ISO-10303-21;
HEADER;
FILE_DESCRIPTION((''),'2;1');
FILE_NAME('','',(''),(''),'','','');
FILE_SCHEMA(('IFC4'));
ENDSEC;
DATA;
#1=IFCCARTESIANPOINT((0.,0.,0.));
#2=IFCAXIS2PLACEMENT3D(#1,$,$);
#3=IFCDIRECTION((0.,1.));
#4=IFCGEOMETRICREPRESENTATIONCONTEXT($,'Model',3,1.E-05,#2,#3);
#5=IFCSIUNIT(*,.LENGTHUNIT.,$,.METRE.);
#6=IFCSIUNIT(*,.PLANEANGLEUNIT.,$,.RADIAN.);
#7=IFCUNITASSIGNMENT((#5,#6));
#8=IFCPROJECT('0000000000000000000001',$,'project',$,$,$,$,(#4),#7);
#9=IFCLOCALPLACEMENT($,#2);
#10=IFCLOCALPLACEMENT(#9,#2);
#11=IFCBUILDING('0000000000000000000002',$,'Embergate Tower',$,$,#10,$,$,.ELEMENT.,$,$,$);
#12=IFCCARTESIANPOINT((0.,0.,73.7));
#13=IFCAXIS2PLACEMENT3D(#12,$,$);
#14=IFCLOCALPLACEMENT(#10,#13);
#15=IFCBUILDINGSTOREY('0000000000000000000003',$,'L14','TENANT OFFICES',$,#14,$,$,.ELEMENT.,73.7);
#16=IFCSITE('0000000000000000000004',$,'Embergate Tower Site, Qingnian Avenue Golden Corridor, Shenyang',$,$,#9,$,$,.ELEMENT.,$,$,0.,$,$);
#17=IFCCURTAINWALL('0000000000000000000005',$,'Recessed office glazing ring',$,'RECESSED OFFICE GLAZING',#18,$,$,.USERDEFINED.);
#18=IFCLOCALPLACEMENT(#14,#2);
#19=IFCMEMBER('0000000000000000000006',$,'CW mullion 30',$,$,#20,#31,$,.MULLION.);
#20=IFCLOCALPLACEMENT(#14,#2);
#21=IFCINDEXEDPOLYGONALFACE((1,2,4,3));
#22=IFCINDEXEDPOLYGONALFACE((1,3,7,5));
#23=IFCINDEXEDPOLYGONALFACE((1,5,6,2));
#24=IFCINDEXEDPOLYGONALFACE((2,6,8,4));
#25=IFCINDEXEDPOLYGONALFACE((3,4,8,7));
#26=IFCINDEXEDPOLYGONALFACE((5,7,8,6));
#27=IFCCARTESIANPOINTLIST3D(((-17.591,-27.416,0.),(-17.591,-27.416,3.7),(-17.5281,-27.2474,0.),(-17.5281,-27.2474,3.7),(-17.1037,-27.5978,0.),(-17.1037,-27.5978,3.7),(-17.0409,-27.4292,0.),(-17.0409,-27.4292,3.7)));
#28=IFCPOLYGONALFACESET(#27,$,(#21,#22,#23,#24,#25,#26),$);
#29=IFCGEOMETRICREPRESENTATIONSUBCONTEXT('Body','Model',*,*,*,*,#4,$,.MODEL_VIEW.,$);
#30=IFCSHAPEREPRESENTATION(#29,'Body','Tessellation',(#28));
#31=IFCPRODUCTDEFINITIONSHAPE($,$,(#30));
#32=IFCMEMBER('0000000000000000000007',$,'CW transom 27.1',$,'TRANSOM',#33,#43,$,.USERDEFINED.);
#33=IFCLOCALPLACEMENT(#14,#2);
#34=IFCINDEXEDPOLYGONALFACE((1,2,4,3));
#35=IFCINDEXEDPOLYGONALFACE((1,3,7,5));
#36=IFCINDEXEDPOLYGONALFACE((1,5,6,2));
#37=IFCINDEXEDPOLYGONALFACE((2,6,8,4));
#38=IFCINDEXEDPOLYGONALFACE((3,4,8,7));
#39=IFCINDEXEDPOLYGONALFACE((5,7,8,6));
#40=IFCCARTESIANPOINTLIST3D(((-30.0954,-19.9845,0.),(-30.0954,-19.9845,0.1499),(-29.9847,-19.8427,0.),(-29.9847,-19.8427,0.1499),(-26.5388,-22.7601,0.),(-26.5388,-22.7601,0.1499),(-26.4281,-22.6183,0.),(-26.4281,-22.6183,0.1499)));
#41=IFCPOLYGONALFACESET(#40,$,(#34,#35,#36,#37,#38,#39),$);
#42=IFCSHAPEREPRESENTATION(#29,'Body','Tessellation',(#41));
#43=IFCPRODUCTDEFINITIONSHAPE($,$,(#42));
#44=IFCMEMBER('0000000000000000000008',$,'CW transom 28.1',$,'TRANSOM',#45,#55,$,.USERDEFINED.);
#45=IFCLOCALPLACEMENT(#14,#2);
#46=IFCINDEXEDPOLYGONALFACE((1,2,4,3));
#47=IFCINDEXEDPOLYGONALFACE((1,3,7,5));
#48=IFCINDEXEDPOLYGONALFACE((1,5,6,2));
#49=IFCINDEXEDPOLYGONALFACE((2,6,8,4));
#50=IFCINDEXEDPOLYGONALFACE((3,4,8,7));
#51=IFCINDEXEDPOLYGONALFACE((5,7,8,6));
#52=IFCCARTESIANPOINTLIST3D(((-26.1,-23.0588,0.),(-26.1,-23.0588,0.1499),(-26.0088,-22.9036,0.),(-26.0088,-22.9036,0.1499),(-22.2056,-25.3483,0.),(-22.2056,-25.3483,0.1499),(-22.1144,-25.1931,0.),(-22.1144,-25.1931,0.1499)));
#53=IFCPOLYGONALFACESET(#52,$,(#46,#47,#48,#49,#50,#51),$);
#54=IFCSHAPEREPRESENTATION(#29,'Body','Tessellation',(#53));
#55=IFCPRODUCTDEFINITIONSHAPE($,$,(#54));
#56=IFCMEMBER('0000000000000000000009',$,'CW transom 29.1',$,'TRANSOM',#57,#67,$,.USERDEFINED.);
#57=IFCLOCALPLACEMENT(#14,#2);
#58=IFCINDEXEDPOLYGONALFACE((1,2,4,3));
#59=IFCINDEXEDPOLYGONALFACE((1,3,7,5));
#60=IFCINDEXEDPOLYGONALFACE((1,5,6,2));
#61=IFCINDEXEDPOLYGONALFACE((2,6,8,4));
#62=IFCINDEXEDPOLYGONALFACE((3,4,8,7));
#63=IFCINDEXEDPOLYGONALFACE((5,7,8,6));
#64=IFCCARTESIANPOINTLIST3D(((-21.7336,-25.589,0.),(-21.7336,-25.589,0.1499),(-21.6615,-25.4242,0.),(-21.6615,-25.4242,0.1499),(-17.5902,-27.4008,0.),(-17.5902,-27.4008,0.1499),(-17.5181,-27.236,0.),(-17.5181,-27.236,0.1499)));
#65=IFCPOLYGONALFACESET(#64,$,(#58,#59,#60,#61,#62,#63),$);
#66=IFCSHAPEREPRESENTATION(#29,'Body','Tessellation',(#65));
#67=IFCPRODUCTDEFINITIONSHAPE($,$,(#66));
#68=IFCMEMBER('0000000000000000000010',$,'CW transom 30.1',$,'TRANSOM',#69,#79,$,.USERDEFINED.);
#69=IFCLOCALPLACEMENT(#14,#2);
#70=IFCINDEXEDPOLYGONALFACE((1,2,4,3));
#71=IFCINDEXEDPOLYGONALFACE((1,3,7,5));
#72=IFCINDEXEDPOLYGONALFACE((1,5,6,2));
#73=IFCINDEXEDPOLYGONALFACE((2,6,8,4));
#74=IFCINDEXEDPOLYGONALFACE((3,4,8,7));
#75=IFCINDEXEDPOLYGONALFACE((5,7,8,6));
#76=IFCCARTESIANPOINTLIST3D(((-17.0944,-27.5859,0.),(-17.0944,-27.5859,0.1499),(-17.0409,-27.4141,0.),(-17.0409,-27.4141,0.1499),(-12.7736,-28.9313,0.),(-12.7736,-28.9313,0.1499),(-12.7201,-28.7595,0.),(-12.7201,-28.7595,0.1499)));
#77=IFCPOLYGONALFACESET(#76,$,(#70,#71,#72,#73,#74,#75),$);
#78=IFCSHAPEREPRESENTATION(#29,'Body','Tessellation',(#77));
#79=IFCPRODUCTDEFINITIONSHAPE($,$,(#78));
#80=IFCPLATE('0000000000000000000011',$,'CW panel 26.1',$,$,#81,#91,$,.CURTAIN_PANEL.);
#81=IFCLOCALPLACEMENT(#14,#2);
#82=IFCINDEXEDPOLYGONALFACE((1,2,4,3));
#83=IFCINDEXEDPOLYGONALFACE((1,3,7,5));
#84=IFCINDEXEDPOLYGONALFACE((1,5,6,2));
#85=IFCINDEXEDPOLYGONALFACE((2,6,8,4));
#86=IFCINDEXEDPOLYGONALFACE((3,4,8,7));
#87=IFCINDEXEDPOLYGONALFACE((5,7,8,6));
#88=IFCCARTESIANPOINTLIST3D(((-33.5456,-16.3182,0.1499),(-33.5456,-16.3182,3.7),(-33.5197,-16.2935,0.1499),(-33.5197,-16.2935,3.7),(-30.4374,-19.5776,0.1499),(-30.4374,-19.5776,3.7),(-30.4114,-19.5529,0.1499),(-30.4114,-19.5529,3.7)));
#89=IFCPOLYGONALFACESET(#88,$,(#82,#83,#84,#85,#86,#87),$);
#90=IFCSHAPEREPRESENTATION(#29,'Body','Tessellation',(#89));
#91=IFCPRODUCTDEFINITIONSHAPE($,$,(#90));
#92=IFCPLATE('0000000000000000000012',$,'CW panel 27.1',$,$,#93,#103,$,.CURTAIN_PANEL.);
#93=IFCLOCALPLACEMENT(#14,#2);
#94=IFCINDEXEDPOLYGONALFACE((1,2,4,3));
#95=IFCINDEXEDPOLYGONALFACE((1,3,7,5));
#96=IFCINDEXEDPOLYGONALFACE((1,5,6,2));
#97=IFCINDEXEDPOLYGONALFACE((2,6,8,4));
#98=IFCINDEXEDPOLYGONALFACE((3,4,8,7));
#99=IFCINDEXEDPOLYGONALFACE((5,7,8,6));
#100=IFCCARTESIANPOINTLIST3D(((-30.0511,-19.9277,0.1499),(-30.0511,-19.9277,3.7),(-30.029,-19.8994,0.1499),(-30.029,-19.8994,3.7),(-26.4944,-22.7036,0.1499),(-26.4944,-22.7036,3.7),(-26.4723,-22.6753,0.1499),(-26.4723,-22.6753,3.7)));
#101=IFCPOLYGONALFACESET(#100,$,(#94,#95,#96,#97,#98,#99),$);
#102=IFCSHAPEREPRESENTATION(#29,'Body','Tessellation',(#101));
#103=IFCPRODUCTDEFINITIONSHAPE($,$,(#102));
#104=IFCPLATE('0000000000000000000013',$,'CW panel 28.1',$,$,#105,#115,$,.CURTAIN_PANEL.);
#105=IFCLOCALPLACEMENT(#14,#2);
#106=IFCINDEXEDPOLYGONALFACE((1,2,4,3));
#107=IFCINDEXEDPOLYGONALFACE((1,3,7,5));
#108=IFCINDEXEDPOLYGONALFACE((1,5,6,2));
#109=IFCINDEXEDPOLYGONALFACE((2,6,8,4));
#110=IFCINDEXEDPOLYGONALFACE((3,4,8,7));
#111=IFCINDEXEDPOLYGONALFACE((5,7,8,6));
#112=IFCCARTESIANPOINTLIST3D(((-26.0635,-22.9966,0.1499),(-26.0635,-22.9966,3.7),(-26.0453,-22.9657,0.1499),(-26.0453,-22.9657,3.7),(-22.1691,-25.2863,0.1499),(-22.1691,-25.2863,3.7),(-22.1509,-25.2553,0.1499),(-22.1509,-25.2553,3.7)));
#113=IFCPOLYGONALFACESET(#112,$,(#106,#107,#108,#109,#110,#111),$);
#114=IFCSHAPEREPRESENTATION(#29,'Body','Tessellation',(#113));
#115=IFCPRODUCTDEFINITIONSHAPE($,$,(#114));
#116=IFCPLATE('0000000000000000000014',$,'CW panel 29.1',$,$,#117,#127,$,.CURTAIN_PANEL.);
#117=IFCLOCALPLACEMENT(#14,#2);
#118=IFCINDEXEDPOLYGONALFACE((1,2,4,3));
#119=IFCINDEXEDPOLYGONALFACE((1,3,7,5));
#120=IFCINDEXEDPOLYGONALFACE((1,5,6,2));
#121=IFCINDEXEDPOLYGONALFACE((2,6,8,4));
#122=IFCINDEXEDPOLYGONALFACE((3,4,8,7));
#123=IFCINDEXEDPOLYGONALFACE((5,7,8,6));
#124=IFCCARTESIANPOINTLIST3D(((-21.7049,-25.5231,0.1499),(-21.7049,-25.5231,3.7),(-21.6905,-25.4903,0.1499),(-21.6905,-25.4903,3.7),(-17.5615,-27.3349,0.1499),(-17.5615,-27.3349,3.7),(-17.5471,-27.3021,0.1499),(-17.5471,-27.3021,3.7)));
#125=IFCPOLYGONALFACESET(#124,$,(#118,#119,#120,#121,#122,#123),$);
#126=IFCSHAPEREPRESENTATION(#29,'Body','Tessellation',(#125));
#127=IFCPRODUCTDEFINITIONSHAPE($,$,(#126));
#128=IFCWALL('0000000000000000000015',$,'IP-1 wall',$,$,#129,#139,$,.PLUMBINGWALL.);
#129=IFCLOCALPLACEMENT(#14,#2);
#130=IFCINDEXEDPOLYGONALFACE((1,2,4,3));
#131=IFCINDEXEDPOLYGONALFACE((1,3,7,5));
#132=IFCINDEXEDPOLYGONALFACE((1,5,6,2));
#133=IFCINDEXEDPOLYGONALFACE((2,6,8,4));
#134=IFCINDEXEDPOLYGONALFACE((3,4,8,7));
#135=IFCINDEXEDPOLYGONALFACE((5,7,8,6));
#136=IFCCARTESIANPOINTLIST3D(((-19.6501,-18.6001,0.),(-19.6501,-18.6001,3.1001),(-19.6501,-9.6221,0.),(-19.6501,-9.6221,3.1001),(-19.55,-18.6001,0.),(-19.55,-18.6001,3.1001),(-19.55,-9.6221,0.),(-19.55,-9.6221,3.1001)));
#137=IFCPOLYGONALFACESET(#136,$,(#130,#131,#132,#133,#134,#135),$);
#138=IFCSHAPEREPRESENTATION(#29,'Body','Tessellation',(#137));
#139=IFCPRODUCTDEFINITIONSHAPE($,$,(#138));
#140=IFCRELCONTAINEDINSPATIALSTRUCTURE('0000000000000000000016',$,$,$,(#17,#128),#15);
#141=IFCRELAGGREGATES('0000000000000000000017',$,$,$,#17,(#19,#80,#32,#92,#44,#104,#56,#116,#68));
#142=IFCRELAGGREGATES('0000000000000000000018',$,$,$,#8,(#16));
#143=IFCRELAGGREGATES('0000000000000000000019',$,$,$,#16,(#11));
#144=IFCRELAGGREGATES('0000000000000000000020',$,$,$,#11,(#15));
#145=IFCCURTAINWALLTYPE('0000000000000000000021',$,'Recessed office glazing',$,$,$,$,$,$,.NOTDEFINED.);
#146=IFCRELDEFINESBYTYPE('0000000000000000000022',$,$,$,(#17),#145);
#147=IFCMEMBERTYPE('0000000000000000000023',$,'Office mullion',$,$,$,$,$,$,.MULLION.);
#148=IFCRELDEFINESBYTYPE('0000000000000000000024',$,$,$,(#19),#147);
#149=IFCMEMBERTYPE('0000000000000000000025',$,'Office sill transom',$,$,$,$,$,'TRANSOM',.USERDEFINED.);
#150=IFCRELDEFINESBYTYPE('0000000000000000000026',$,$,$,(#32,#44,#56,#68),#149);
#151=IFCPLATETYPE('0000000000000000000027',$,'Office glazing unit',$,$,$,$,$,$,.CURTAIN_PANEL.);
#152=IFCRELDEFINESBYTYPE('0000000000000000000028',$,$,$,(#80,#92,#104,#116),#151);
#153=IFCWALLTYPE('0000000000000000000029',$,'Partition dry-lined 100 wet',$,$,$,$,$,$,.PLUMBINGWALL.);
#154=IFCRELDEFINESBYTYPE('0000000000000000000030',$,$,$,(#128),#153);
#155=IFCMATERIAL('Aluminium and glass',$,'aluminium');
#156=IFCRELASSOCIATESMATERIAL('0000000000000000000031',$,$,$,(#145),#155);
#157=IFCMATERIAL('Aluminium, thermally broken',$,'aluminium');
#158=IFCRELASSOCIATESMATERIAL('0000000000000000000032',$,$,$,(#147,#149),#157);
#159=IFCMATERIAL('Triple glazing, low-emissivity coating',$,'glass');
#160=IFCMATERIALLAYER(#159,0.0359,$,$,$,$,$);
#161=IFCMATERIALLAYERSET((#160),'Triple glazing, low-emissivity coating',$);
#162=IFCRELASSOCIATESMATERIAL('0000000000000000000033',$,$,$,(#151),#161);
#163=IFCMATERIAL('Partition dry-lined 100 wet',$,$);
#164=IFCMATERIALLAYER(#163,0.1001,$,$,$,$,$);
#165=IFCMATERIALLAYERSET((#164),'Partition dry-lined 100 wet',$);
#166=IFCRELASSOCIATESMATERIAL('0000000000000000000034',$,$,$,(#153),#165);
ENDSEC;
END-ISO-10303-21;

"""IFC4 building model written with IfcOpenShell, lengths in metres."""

from ifc_helpers import new_model, si_unit, direction, frame, frame_2d, origin, origin_2d, place, context, subcontext, project, spatial, rectangle, extrude, source, transform, mapped, material, layer, layer_set, material_profile, profile_set, type_object, element, aggregate, save


model = new_model("IFC4")

# Units and contexts
model_context = context("Model", 3, precision=1e-05, world=origin(), true_north=direction((0.0, 1.0)))
body_context = subcontext(model_context, "Body", "Model", "MODEL_VIEW")
ifc_project = project(units=[si_unit("LENGTHUNIT", "METRE"), si_unit("PLANEANGLEUNIT", "RADIAN")], contexts=[model_context])

# Site, building, storey
site_placement = place(None, origin())
site = spatial("IfcSite", under=ifc_project, at=site_placement, Name="Embergate Tower Site, Qingnian Avenue Golden Corridor, Shenyang", CompositionType="ELEMENT", RefElevation=0.0)
building_placement = place(site_placement, origin())
building = spatial("IfcBuilding", under=site, at=building_placement, Name="Embergate Tower", CompositionType="ELEMENT")
storey_placement = place(building_placement, frame((0.0, 0.0, 73.7)))
storey = spatial("IfcBuildingStorey", under=building, at=storey_placement, Name="L14", Description="TENANT OFFICES", CompositionType="ELEMENT", Elevation=73.7)

# Curtain wall, members, plates
ifc_material_1 = material(Name="Aluminium and glass", Category="aluminium")
curtain_wall_type = type_object("IfcCurtainWallType", Name="Recessed office glazing", PredefinedType="NOTDEFINED", material=ifc_material_1)
curtain_wall_placement = place(storey_placement, origin())
curtain_wall = element("IfcCurtainWall", 1, at=curtain_wall_placement, inside=storey, type_object=curtain_wall_type, Name="Recessed office glazing ring", ObjectType="RECESSED OFFICE GLAZING", PredefinedType="USERDEFINED")
ifc_material_2 = material(Name="Aluminium, thermally broken", Category="aluminium")
ifc_material_profile_1 = material_profile(ifc_material_2, rectangle(XDim=0.1799, YDim=0.52, at=origin_2d()), Name="AL 520x180")
ifc_profile_set_1 = profile_set([ifc_material_profile_1], Name="Aluminium, thermally broken")
member_type_1 = type_object("IfcMemberType", Name="Office mullion", PredefinedType="MULLION", material=ifc_profile_set_1)
shared_shape_1 = source(origin(), body_context, "Body", "SweptSolid", [
    extrude(rectangle(XDim=0.1799, YDim=0.52, at=origin_2d()), origin(), (0.0, 0.0, 1.0), 3.7),
])
member_1_placement = place(storey_placement, frame((-17.3159, -27.4226, 0.0), z_axis=(0.0, 0.0, 1.0), x_axis=(0.349508, 0.936934, 0.0)))
member_1 = element("IfcMember", 2, at=member_1_placement, type_object=member_type_1, Name="CW mullion 30", PredefinedType="MULLION", context=body_context, shape_type="MappedRepresentation", body=[
    mapped(shared_shape_1, transform((0.0, 0.0, 0.0))),
])
ifc_material_profile_2 = material_profile(ifc_material_2, rectangle(XDim=0.1799, YDim=0.1499, at=origin_2d()), Name="AL 150x180")
ifc_profile_set_2 = profile_set([ifc_material_profile_2], Name="Aluminium, thermally broken")
member_type_2 = type_object("IfcMemberType", Name="Office sill transom", ElementType="TRANSOM", PredefinedType="USERDEFINED", material=ifc_profile_set_2)
shared_shape_2 = source(origin(), body_context, "Body", "SweptSolid", [
    extrude(rectangle(XDim=0.1799, YDim=0.1499, at=origin_2d()), origin(), (0.0, 0.0, 1.0), 4.5115),
])
member_2_placement = place(storey_placement, frame((-30.04, -19.9136, 0.075), z_axis=(0.788346, -0.615232, 0.0), x_axis=(0.615232, 0.788346, 0.0)))
member_2 = element("IfcMember", 3, at=member_2_placement, type_object=member_type_2, Name="CW transom 27.1", ObjectType="TRANSOM", PredefinedType="USERDEFINED", context=body_context, shape_type="MappedRepresentation", body=[
    mapped(shared_shape_2, transform((0.0, 0.0, 0.0))),
])
shared_shape_3 = source(origin(), body_context, "Body", "SweptSolid", [
    extrude(rectangle(XDim=0.1799, YDim=0.1499, at=origin_2d()), origin(), (0.0, 0.0, 1.0), 4.5176),
])
member_3_placement = place(storey_placement, frame((-26.0544, -22.9812, 0.075), z_axis=(0.862065, -0.506798, 0.0), x_axis=(0.506798, 0.862065, 0.0)))
member_3 = element("IfcMember", 4, at=member_3_placement, type_object=member_type_2, Name="CW transom 28.1", ObjectType="TRANSOM", PredefinedType="USERDEFINED", context=body_context, shape_type="MappedRepresentation", body=[
    mapped(shared_shape_3, transform((0.0, 0.0, 0.0))),
])
shared_shape_4 = source(origin(), body_context, "Body", "SweptSolid", [
    extrude(rectangle(XDim=0.1799, YDim=0.1499, at=origin_2d()), origin(), (0.0, 0.0, 1.0), 4.5222),
])
member_4_placement = place(storey_placement, frame((-21.6975, -25.5066, 0.075), z_axis=(0.916233, -0.400646, 0.0), x_axis=(0.400646, 0.916233, 0.0)))
member_4 = element("IfcMember", 5, at=member_4_placement, type_object=member_type_2, Name="CW transom 29.1", ObjectType="TRANSOM", PredefinedType="USERDEFINED", context=body_context, shape_type="MappedRepresentation", body=[
    mapped(shared_shape_4, transform((0.0, 0.0, 0.0))),
])
shared_shape_5 = source(origin(), body_context, "Body", "SweptSolid", [
    extrude(rectangle(XDim=0.1799, YDim=0.1499, at=origin_2d()), origin(), (0.0, 0.0, 1.0), 4.5254),
])
member_5_placement = place(storey_placement, frame((-17.0676, -27.5, 0.075), z_axis=(0.954781, -0.29731, 0.0), x_axis=(0.29731, 0.954781, 0.0)))
member_5 = element("IfcMember", 6, at=member_5_placement, type_object=member_type_2, Name="CW transom 30.1", ObjectType="TRANSOM", PredefinedType="USERDEFINED", context=body_context, shape_type="MappedRepresentation", body=[
    mapped(shared_shape_5, transform((0.0, 0.0, 0.0))),
])
ifc_material_3 = material(Name="Triple glazing, low-emissivity coating", Category="glass")
ifc_layer_1 = layer(ifc_material_3, 0.0359)
ifc_layer_set_1 = layer_set([ifc_layer_1], Name="Triple glazing, low-emissivity coating")
plate_type = type_object("IfcPlateType", Name="Office glazing unit", PredefinedType="CURTAIN_PANEL", material=ifc_layer_set_1)
shared_shape_6 = source(origin(), body_context, "Body", "SweptSolid", [
    extrude(rectangle(XDim=4.5039, YDim=0.0359, at=origin_2d()), origin(), (0.0, 0.0, 1.0), 3.55),
])
plate_1_placement = place(storey_placement, frame((-31.9785, -17.9355, 0.1499), z_axis=(0.0, 0.0, 1.0), x_axis=(0.69013, -0.723685, 0.0)))
plate_1 = element("IfcPlate", 7, at=plate_1_placement, type_object=plate_type, Name="CW panel 26.1", PredefinedType="CURTAIN_PANEL", context=body_context, shape_type="MappedRepresentation", body=[
    mapped(shared_shape_6, transform((0.0, 0.0, 0.0))),
])
shared_shape_7 = source(origin(), body_context, "Body", "SweptSolid", [
    extrude(rectangle(XDim=4.5117, YDim=0.0359, at=origin_2d()), origin(), (0.0, 0.0, 1.0), 3.55),
])
plate_2_placement = place(storey_placement, frame((-28.2617, -21.3015, 0.1499), z_axis=(0.0, 0.0, 1.0), x_axis=(0.788317, -0.615269, 0.0)))
plate_2 = element("IfcPlate", 8, at=plate_2_placement, type_object=plate_type, Name="CW panel 27.1", PredefinedType="CURTAIN_PANEL", context=body_context, shape_type="MappedRepresentation", body=[
    mapped(shared_shape_7, transform((0.0, 0.0, 0.0))),
])
shared_shape_8 = source(origin(), body_context, "Body", "SweptSolid", [
    extrude(rectangle(XDim=4.5176, YDim=0.0359, at=origin_2d()), origin(), (0.0, 0.0, 1.0), 3.55),
])
plate_3_placement = place(storey_placement, frame((-24.1072, -24.126, 0.1499), z_axis=(0.0, 0.0, 1.0), x_axis=(0.862051, -0.506822, 0.0)))
plate_3 = element("IfcPlate", 9, at=plate_3_placement, type_object=plate_type, Name="CW panel 28.1", PredefinedType="CURTAIN_PANEL", context=body_context, shape_type="MappedRepresentation", body=[
    mapped(shared_shape_8, transform((0.0, 0.0, 0.0))),
])
shared_shape_9 = source(origin(), body_context, "Body", "SweptSolid", [
    extrude(rectangle(XDim=4.5222, YDim=0.0359, at=origin_2d()), origin(), (0.0, 0.0, 1.0), 3.55),
])
plate_4_placement = place(storey_placement, frame((-19.626, -26.4126, 0.1499), z_axis=(0.0, 0.0, 1.0), x_axis=(0.916234, -0.400643, 0.0)))
plate_4 = element("IfcPlate", 10, at=plate_4_placement, type_object=plate_type, Name="CW panel 29.1", PredefinedType="CURTAIN_PANEL", context=body_context, shape_type="MappedRepresentation", body=[
    mapped(shared_shape_9, transform((0.0, 0.0, 0.0))),
])
aggregate(curtain_wall, [member_1, plate_1, member_2, plate_2, member_3, plate_3, member_4, plate_4, member_5])

# Wall
ifc_material_4 = material(Name="Partition dry-lined 100 wet")
ifc_layer_2 = layer(ifc_material_4, 0.1001)
ifc_layer_set_2 = layer_set([ifc_layer_2], Name="Partition dry-lined 100 wet")
wall_type = type_object("IfcWallType", Name="Partition dry-lined 100 wet", PredefinedType="PLUMBINGWALL", material=ifc_layer_set_2)
shared_shape_10 = source(origin(), body_context, "Body", "SweptSolid", [
    extrude(rectangle(XDim=8.978, YDim=0.1001, at=frame_2d((4.489, 0.0))), origin(), (0.0, 0.0, 1.0), 3.1001),
])
wall_placement = place(storey_placement, frame((-19.6001, -18.6001, 0.0), z_axis=(0.0, 0.0, 1.0), x_axis=(0.0, 1.0, 0.0)))
element("IfcWall", 11, at=wall_placement, inside=storey, type_object=wall_type, Name="IP-1 wall", PredefinedType="PLUMBINGWALL", context=body_context, shape_type="MappedRepresentation", body=[
    mapped(shared_shape_10, transform((0.0, 0.0, 0.0))),
])

save(model, "model.ifc")
